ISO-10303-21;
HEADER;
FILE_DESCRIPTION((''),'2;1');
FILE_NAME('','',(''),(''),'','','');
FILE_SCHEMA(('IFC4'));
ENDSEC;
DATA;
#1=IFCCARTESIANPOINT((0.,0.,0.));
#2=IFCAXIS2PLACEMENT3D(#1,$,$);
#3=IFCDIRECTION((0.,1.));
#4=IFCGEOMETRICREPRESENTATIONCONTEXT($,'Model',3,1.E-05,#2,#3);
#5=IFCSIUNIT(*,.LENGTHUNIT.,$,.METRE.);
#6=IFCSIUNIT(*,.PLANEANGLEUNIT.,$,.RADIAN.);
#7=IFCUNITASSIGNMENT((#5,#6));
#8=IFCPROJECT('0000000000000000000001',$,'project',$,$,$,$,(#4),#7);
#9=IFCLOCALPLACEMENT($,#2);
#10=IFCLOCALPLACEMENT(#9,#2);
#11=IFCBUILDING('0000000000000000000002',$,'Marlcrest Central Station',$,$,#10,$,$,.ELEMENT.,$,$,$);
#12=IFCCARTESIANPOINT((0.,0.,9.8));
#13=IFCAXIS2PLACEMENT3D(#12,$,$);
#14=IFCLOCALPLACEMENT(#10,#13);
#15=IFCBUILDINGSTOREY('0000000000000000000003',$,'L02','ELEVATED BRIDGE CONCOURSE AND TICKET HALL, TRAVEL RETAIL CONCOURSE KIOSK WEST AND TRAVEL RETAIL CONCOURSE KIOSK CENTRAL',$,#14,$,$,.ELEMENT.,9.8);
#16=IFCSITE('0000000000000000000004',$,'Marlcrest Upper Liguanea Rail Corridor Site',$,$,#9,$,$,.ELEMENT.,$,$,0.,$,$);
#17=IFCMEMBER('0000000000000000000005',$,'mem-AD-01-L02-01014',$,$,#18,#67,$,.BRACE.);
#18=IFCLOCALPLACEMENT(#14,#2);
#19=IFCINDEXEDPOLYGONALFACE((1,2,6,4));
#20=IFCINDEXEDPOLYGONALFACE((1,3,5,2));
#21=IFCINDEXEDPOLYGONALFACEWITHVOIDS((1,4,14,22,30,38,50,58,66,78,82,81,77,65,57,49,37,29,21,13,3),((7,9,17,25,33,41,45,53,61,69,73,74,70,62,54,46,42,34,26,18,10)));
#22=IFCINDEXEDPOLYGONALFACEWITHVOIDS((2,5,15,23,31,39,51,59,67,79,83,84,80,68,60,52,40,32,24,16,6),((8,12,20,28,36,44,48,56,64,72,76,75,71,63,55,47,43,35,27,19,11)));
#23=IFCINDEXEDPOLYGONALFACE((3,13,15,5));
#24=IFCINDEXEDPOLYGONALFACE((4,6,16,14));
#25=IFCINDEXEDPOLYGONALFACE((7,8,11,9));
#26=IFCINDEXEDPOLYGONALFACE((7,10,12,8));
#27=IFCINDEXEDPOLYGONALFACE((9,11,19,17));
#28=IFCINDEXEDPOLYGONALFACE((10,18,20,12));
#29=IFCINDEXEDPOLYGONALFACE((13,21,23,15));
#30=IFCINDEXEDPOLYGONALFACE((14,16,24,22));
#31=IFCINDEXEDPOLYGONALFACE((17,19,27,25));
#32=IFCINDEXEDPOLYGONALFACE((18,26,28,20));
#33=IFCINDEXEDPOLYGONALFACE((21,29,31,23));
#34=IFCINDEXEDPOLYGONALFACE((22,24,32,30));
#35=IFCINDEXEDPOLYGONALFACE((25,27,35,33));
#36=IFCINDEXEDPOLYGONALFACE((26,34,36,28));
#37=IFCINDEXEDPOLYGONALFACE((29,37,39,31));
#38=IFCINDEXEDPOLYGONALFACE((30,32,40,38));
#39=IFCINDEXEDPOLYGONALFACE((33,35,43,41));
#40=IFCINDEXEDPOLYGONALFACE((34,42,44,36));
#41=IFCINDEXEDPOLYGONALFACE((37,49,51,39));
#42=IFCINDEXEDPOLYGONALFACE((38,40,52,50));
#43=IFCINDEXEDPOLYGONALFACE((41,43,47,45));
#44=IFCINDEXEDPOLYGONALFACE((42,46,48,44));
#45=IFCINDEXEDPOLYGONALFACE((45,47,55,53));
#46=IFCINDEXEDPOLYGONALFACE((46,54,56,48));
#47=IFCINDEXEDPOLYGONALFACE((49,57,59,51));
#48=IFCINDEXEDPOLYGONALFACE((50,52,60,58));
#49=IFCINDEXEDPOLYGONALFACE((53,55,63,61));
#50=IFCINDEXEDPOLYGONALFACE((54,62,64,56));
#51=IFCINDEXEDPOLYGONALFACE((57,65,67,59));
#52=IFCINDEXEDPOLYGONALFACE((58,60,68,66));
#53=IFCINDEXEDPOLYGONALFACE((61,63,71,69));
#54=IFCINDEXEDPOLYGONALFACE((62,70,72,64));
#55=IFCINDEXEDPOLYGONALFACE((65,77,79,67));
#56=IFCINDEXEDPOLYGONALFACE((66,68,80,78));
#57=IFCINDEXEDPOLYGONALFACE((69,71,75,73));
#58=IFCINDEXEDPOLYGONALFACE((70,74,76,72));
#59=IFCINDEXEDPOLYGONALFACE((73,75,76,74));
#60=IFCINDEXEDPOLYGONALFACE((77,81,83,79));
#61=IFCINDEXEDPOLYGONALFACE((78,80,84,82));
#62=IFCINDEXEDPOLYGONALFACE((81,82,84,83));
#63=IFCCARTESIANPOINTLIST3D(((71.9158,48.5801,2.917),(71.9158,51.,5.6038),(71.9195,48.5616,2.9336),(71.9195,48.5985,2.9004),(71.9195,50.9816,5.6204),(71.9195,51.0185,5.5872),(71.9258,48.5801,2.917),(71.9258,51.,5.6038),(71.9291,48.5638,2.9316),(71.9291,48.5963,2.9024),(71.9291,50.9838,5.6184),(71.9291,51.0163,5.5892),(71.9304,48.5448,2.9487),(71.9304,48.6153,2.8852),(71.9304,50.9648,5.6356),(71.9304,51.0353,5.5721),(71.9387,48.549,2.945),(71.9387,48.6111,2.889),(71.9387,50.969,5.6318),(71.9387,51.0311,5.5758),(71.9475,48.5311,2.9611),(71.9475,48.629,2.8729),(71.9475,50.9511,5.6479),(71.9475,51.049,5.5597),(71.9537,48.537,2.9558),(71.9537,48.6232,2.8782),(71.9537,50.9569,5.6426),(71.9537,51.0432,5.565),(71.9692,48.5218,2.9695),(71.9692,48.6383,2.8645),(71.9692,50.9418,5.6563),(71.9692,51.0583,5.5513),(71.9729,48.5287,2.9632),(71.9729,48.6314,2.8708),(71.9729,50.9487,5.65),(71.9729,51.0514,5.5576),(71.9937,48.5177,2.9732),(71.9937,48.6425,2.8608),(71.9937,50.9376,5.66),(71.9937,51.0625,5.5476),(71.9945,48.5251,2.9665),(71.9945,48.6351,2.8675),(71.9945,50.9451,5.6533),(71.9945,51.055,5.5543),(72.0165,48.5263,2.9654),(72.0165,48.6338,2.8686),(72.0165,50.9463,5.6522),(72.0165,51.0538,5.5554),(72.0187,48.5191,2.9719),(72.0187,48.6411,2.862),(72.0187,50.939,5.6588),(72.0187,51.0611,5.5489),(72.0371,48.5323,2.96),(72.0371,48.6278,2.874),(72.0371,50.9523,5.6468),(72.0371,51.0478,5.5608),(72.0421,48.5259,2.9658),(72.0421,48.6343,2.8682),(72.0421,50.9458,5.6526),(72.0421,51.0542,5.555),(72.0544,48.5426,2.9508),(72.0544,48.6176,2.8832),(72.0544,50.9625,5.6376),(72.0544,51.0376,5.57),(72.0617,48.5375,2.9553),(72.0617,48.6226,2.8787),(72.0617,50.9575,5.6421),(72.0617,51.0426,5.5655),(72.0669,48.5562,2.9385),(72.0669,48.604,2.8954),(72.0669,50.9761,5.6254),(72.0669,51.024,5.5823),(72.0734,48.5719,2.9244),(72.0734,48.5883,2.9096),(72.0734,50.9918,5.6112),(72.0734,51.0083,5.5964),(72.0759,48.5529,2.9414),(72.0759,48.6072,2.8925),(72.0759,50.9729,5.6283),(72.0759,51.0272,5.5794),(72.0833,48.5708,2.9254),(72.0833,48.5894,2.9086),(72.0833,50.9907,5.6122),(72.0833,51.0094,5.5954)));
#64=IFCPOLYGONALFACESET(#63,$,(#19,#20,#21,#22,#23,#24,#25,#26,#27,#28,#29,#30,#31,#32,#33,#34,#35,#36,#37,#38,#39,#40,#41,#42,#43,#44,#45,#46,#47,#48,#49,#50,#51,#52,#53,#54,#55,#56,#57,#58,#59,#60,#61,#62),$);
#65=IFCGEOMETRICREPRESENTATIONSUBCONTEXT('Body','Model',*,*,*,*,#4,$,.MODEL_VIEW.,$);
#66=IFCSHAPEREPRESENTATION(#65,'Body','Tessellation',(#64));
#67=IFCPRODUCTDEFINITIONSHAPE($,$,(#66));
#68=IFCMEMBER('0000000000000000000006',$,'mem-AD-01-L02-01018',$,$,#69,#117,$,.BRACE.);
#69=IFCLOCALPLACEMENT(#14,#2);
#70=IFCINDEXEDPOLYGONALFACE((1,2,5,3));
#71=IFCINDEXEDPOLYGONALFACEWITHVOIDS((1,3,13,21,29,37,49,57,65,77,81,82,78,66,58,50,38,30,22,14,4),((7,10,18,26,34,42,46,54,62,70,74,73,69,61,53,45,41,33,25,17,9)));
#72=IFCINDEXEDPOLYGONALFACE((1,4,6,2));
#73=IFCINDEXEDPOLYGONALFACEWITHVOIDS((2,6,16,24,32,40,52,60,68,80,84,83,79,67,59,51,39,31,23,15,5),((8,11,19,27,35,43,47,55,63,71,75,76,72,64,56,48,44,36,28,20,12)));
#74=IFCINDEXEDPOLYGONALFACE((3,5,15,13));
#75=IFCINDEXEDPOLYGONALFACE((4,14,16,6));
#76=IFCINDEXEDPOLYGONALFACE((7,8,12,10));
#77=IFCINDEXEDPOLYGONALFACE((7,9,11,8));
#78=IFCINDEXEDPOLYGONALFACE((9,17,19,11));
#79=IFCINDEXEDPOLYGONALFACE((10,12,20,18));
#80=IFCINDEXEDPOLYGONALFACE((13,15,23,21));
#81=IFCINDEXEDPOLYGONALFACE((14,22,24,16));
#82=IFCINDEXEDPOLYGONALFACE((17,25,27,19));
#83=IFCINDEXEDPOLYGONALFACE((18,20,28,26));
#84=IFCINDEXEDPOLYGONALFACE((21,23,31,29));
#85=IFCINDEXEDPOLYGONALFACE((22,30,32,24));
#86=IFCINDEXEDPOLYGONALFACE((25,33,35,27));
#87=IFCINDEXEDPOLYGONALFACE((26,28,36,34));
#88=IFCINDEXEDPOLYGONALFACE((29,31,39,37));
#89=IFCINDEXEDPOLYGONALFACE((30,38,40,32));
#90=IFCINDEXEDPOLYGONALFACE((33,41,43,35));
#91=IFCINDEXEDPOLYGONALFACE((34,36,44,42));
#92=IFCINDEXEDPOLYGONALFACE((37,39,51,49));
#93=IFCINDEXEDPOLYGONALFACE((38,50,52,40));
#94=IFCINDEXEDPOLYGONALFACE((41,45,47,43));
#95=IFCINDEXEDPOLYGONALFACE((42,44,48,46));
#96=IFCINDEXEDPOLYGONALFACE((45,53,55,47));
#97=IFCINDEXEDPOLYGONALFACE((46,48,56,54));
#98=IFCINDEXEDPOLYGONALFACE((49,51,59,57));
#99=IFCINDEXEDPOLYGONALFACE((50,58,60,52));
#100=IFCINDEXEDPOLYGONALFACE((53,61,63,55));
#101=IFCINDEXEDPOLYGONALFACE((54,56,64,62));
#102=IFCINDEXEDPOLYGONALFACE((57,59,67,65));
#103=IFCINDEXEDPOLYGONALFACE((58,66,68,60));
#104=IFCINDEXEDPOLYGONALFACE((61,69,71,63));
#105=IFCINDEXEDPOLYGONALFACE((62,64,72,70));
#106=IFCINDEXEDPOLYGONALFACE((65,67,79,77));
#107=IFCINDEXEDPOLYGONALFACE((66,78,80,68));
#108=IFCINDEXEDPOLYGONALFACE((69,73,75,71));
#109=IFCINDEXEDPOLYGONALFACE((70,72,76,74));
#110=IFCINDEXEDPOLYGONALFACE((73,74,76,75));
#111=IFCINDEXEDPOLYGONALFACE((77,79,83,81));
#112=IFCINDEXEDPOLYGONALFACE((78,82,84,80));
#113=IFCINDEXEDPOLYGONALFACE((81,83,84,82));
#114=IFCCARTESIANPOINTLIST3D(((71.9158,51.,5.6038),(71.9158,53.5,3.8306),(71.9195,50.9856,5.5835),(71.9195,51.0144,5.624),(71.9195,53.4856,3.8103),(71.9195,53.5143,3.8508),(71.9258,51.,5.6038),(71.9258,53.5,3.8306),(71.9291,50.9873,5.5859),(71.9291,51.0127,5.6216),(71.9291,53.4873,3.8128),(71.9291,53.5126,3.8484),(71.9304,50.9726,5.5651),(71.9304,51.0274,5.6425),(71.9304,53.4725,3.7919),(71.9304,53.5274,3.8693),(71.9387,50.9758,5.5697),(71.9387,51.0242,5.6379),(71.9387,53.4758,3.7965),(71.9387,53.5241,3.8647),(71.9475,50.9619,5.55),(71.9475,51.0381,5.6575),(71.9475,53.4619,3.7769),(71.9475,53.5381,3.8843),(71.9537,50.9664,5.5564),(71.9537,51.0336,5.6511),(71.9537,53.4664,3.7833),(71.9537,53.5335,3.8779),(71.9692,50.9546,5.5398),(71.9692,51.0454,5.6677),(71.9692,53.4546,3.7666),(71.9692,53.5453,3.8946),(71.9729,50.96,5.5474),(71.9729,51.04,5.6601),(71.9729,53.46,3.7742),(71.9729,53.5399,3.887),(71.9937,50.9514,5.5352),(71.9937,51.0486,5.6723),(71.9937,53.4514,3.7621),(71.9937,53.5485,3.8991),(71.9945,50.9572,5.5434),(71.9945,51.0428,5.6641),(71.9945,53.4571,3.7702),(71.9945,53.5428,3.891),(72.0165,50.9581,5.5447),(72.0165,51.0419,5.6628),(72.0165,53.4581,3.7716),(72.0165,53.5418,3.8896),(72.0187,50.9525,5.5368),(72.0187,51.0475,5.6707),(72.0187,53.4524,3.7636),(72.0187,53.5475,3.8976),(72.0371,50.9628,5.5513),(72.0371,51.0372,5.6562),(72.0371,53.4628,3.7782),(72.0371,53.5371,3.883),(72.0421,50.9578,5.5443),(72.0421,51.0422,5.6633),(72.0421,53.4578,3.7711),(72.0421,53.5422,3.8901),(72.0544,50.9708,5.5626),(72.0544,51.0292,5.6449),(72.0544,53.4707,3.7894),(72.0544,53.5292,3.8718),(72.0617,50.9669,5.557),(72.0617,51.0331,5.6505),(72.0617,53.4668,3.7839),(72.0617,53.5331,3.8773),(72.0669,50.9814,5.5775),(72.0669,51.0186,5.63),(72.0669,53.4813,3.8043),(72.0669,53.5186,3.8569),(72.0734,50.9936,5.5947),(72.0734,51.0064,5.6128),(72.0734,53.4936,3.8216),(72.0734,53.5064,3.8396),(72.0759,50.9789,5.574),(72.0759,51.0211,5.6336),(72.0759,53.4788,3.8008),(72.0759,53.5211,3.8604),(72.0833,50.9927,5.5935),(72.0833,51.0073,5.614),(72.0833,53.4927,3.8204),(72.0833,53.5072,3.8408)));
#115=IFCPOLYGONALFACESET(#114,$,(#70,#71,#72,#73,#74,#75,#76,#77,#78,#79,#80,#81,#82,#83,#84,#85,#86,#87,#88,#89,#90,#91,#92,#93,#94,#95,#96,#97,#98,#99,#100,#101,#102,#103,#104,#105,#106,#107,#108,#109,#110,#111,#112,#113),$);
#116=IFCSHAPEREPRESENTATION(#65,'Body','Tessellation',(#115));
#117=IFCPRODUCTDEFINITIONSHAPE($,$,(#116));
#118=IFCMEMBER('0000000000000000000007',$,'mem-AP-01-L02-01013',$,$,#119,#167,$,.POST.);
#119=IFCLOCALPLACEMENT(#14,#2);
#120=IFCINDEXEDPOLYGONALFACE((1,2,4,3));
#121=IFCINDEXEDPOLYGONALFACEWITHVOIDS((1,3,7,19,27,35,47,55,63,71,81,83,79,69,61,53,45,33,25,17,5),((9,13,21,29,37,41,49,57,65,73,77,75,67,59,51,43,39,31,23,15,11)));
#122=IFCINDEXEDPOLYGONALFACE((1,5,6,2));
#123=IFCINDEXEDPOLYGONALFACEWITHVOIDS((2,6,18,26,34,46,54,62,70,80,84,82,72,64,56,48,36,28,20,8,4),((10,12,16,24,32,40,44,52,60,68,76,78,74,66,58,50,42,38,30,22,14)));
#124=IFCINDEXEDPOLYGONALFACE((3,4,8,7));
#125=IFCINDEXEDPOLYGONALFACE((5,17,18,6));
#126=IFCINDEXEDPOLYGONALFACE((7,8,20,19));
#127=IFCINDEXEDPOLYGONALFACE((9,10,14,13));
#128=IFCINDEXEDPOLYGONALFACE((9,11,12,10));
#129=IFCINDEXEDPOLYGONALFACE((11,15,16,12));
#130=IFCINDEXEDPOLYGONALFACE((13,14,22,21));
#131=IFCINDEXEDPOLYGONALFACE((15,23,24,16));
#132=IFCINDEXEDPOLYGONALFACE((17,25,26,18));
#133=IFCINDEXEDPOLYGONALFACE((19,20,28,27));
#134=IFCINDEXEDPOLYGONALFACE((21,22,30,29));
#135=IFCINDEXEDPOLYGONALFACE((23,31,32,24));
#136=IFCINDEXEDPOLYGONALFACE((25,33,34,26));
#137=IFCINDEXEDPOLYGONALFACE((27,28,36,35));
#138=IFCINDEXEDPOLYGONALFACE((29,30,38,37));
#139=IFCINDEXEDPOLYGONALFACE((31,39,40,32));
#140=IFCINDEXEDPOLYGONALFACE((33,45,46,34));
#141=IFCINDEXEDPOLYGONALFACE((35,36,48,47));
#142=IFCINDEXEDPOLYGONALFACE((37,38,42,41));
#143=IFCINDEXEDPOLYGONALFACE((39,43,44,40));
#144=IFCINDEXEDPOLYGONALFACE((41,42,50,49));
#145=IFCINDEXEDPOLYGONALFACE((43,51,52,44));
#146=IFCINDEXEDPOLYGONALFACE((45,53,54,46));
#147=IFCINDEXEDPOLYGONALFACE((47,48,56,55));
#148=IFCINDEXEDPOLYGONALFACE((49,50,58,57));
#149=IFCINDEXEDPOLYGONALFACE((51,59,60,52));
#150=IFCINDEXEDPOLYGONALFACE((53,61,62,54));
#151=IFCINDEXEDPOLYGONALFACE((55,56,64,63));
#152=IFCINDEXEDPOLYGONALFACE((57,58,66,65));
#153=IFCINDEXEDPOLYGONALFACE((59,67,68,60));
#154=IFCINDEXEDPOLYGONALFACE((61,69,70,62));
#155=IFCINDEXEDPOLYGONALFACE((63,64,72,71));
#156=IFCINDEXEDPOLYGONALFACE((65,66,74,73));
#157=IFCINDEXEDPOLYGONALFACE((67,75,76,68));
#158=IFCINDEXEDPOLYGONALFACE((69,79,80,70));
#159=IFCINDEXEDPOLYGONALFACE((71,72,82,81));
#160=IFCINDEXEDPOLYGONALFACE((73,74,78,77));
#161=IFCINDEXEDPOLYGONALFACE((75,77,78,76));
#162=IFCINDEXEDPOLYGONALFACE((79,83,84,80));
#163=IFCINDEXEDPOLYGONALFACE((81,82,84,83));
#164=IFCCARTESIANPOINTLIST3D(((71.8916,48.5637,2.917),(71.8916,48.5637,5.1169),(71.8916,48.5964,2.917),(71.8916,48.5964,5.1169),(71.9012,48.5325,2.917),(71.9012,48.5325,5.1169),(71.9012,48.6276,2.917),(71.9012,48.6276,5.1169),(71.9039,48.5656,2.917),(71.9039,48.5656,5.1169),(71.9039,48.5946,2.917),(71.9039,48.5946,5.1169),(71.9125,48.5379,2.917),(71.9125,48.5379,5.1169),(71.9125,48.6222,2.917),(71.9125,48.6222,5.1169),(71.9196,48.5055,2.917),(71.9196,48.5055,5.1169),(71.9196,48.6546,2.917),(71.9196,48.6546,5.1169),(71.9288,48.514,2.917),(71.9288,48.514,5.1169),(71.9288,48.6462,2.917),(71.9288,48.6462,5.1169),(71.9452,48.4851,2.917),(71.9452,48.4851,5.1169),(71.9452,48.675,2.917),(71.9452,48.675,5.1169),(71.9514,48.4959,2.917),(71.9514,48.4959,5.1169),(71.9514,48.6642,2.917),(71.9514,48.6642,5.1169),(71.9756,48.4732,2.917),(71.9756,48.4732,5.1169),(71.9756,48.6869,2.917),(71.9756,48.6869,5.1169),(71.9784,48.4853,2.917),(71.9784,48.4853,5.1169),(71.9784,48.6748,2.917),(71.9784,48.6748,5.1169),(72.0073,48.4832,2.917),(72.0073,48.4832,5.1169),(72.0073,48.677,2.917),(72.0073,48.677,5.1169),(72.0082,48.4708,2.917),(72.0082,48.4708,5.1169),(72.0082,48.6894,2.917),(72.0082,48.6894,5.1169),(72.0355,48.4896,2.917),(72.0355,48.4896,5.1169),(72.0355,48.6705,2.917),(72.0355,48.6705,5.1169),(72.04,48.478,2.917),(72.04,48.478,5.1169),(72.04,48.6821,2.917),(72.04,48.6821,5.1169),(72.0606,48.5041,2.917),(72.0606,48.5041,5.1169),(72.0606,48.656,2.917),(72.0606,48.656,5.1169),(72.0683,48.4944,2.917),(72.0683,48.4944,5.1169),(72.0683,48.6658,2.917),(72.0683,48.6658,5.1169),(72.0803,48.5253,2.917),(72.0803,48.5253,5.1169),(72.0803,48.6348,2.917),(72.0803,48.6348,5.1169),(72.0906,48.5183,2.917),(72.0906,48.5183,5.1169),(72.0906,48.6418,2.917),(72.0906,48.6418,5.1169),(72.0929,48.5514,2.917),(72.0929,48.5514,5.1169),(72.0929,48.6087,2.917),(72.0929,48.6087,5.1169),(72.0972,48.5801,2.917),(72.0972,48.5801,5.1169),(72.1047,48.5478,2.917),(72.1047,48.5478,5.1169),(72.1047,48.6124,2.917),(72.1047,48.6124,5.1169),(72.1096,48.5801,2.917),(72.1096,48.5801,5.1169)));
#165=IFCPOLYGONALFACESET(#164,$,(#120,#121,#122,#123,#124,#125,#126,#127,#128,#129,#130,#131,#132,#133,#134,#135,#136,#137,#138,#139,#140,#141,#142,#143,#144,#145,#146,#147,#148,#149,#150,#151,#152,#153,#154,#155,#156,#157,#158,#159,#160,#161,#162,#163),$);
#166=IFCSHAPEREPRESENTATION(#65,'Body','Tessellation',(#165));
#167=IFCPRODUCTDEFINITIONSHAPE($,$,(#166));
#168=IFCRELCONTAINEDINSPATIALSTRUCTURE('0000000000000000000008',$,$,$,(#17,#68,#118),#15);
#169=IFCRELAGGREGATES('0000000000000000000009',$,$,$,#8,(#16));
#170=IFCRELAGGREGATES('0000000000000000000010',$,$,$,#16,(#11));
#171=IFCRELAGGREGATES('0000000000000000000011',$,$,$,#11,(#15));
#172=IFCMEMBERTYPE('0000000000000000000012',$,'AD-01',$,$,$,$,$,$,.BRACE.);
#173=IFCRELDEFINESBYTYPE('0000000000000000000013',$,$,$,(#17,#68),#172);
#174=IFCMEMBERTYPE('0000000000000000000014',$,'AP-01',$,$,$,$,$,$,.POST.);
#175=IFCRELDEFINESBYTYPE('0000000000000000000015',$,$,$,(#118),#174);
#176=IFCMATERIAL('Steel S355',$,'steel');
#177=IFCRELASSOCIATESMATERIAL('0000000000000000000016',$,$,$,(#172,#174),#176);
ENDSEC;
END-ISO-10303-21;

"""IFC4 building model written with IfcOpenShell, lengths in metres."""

from ifc_helpers import new_model, si_unit, direction, frame, origin, origin_2d, place, context, subcontext, project, spatial, hollow_circle, extrude, material, material_profile, profile_set, type_object, element, save


model = new_model("IFC4")

# Units and contexts
model_context = context("Model", 3, precision=1e-05, world=origin(), true_north=direction((0.0, 1.0)))
body_context = subcontext(model_context, "Body", "Model", "MODEL_VIEW")
ifc_project = project(units=[si_unit("LENGTHUNIT", "METRE"), si_unit("PLANEANGLEUNIT", "RADIAN")], contexts=[model_context])

# Site, building, storey
site_placement = place(None, origin())
site = spatial("IfcSite", under=ifc_project, at=site_placement, Name="Marlcrest Upper Liguanea Rail Corridor Site", CompositionType="ELEMENT", RefElevation=0.0)
building_placement = place(site_placement, origin())
building = spatial("IfcBuilding", under=site, at=building_placement, Name="Marlcrest Central Station", CompositionType="ELEMENT")
storey_placement = place(building_placement, frame((0.0, 0.0, 9.8)))
storey = spatial("IfcBuildingStorey", under=building, at=storey_placement, Name="L02", Description="ELEVATED BRIDGE CONCOURSE AND TICKET HALL, TRAVEL RETAIL CONCOURSE KIOSK WEST AND TRAVEL RETAIL CONCOURSE KIOSK CENTRAL", CompositionType="ELEMENT", Elevation=9.8)

# Members
ifc_material = material(Name="Steel S355", Category="steel")
ifc_material_profile_1 = material_profile(ifc_material, hollow_circle(Radius=0.0842, WallThickness=0.01, at=origin_2d()), Name="CHS 168.3x10")
ifc_profile_set_1 = profile_set([ifc_material_profile_1], Name="Steel S355")
member_type_1 = type_object("IfcMemberType", Name="AD-01", PredefinedType="BRACE", material=ifc_profile_set_1)
member_1_placement = place(storey_placement, frame((72.0, 48.5801, 2.917), z_axis=(0.0, 0.669244, 0.743042), x_axis=(-1.0, 0.0, 0.0)))
element("IfcMember", 1, at=member_1_placement, inside=storey, type_object=member_type_1, Name="mem-AD-01-L02-01014", PredefinedType="BRACE", context=body_context, shape_type="SweptSolid", body=[
    extrude(hollow_circle(Radius=0.0842, WallThickness=0.01, at=origin_2d()), origin(), (0.0, 0.0, 1.0), 3.616),
])
member_2_placement = place(storey_placement, frame((72.0, 51.0, 5.6038), z_axis=(0.0, 0.815661, -0.57853), x_axis=(-1.0, 0.0, 0.0)))
element("IfcMember", 2, at=member_2_placement, inside=storey, type_object=member_type_1, Name="mem-AD-01-L02-01018", PredefinedType="BRACE", context=body_context, shape_type="SweptSolid", body=[
    extrude(hollow_circle(Radius=0.0842, WallThickness=0.01, at=origin_2d()), origin(), (0.0, 0.0, 1.0), 3.0649),
])
ifc_material_profile_2 = material_profile(ifc_material, hollow_circle(Radius=0.1096, WallThickness=0.0125, at=origin_2d()), Name="CHS 219.1x12.5")
ifc_profile_set_2 = profile_set([ifc_material_profile_2], Name="Steel S355")
member_type_2 = type_object("IfcMemberType", Name="AP-01", PredefinedType="POST", material=ifc_profile_set_2)
for number, where, z_axis, x_axis, name in (
    (3, (72.0, 48.5801, 2.917), (0.0, 0.0, 1.0), (1.0, 0.0, 0.0), "mem-AP-01-L02-01013"),
):
    element("IfcMember", number, at=place(storey_placement, frame(where, z_axis=z_axis, x_axis=x_axis)), inside=storey, type_object=member_type_2, Name=name, PredefinedType="POST", context=body_context, shape_type="SweptSolid", body=[
        extrude(hollow_circle(Radius=0.1096, WallThickness=0.0125, at=origin_2d()), origin(), (0.0, 0.0, 1.0), 2.2),
    ])

save(model, "model.ifc")
